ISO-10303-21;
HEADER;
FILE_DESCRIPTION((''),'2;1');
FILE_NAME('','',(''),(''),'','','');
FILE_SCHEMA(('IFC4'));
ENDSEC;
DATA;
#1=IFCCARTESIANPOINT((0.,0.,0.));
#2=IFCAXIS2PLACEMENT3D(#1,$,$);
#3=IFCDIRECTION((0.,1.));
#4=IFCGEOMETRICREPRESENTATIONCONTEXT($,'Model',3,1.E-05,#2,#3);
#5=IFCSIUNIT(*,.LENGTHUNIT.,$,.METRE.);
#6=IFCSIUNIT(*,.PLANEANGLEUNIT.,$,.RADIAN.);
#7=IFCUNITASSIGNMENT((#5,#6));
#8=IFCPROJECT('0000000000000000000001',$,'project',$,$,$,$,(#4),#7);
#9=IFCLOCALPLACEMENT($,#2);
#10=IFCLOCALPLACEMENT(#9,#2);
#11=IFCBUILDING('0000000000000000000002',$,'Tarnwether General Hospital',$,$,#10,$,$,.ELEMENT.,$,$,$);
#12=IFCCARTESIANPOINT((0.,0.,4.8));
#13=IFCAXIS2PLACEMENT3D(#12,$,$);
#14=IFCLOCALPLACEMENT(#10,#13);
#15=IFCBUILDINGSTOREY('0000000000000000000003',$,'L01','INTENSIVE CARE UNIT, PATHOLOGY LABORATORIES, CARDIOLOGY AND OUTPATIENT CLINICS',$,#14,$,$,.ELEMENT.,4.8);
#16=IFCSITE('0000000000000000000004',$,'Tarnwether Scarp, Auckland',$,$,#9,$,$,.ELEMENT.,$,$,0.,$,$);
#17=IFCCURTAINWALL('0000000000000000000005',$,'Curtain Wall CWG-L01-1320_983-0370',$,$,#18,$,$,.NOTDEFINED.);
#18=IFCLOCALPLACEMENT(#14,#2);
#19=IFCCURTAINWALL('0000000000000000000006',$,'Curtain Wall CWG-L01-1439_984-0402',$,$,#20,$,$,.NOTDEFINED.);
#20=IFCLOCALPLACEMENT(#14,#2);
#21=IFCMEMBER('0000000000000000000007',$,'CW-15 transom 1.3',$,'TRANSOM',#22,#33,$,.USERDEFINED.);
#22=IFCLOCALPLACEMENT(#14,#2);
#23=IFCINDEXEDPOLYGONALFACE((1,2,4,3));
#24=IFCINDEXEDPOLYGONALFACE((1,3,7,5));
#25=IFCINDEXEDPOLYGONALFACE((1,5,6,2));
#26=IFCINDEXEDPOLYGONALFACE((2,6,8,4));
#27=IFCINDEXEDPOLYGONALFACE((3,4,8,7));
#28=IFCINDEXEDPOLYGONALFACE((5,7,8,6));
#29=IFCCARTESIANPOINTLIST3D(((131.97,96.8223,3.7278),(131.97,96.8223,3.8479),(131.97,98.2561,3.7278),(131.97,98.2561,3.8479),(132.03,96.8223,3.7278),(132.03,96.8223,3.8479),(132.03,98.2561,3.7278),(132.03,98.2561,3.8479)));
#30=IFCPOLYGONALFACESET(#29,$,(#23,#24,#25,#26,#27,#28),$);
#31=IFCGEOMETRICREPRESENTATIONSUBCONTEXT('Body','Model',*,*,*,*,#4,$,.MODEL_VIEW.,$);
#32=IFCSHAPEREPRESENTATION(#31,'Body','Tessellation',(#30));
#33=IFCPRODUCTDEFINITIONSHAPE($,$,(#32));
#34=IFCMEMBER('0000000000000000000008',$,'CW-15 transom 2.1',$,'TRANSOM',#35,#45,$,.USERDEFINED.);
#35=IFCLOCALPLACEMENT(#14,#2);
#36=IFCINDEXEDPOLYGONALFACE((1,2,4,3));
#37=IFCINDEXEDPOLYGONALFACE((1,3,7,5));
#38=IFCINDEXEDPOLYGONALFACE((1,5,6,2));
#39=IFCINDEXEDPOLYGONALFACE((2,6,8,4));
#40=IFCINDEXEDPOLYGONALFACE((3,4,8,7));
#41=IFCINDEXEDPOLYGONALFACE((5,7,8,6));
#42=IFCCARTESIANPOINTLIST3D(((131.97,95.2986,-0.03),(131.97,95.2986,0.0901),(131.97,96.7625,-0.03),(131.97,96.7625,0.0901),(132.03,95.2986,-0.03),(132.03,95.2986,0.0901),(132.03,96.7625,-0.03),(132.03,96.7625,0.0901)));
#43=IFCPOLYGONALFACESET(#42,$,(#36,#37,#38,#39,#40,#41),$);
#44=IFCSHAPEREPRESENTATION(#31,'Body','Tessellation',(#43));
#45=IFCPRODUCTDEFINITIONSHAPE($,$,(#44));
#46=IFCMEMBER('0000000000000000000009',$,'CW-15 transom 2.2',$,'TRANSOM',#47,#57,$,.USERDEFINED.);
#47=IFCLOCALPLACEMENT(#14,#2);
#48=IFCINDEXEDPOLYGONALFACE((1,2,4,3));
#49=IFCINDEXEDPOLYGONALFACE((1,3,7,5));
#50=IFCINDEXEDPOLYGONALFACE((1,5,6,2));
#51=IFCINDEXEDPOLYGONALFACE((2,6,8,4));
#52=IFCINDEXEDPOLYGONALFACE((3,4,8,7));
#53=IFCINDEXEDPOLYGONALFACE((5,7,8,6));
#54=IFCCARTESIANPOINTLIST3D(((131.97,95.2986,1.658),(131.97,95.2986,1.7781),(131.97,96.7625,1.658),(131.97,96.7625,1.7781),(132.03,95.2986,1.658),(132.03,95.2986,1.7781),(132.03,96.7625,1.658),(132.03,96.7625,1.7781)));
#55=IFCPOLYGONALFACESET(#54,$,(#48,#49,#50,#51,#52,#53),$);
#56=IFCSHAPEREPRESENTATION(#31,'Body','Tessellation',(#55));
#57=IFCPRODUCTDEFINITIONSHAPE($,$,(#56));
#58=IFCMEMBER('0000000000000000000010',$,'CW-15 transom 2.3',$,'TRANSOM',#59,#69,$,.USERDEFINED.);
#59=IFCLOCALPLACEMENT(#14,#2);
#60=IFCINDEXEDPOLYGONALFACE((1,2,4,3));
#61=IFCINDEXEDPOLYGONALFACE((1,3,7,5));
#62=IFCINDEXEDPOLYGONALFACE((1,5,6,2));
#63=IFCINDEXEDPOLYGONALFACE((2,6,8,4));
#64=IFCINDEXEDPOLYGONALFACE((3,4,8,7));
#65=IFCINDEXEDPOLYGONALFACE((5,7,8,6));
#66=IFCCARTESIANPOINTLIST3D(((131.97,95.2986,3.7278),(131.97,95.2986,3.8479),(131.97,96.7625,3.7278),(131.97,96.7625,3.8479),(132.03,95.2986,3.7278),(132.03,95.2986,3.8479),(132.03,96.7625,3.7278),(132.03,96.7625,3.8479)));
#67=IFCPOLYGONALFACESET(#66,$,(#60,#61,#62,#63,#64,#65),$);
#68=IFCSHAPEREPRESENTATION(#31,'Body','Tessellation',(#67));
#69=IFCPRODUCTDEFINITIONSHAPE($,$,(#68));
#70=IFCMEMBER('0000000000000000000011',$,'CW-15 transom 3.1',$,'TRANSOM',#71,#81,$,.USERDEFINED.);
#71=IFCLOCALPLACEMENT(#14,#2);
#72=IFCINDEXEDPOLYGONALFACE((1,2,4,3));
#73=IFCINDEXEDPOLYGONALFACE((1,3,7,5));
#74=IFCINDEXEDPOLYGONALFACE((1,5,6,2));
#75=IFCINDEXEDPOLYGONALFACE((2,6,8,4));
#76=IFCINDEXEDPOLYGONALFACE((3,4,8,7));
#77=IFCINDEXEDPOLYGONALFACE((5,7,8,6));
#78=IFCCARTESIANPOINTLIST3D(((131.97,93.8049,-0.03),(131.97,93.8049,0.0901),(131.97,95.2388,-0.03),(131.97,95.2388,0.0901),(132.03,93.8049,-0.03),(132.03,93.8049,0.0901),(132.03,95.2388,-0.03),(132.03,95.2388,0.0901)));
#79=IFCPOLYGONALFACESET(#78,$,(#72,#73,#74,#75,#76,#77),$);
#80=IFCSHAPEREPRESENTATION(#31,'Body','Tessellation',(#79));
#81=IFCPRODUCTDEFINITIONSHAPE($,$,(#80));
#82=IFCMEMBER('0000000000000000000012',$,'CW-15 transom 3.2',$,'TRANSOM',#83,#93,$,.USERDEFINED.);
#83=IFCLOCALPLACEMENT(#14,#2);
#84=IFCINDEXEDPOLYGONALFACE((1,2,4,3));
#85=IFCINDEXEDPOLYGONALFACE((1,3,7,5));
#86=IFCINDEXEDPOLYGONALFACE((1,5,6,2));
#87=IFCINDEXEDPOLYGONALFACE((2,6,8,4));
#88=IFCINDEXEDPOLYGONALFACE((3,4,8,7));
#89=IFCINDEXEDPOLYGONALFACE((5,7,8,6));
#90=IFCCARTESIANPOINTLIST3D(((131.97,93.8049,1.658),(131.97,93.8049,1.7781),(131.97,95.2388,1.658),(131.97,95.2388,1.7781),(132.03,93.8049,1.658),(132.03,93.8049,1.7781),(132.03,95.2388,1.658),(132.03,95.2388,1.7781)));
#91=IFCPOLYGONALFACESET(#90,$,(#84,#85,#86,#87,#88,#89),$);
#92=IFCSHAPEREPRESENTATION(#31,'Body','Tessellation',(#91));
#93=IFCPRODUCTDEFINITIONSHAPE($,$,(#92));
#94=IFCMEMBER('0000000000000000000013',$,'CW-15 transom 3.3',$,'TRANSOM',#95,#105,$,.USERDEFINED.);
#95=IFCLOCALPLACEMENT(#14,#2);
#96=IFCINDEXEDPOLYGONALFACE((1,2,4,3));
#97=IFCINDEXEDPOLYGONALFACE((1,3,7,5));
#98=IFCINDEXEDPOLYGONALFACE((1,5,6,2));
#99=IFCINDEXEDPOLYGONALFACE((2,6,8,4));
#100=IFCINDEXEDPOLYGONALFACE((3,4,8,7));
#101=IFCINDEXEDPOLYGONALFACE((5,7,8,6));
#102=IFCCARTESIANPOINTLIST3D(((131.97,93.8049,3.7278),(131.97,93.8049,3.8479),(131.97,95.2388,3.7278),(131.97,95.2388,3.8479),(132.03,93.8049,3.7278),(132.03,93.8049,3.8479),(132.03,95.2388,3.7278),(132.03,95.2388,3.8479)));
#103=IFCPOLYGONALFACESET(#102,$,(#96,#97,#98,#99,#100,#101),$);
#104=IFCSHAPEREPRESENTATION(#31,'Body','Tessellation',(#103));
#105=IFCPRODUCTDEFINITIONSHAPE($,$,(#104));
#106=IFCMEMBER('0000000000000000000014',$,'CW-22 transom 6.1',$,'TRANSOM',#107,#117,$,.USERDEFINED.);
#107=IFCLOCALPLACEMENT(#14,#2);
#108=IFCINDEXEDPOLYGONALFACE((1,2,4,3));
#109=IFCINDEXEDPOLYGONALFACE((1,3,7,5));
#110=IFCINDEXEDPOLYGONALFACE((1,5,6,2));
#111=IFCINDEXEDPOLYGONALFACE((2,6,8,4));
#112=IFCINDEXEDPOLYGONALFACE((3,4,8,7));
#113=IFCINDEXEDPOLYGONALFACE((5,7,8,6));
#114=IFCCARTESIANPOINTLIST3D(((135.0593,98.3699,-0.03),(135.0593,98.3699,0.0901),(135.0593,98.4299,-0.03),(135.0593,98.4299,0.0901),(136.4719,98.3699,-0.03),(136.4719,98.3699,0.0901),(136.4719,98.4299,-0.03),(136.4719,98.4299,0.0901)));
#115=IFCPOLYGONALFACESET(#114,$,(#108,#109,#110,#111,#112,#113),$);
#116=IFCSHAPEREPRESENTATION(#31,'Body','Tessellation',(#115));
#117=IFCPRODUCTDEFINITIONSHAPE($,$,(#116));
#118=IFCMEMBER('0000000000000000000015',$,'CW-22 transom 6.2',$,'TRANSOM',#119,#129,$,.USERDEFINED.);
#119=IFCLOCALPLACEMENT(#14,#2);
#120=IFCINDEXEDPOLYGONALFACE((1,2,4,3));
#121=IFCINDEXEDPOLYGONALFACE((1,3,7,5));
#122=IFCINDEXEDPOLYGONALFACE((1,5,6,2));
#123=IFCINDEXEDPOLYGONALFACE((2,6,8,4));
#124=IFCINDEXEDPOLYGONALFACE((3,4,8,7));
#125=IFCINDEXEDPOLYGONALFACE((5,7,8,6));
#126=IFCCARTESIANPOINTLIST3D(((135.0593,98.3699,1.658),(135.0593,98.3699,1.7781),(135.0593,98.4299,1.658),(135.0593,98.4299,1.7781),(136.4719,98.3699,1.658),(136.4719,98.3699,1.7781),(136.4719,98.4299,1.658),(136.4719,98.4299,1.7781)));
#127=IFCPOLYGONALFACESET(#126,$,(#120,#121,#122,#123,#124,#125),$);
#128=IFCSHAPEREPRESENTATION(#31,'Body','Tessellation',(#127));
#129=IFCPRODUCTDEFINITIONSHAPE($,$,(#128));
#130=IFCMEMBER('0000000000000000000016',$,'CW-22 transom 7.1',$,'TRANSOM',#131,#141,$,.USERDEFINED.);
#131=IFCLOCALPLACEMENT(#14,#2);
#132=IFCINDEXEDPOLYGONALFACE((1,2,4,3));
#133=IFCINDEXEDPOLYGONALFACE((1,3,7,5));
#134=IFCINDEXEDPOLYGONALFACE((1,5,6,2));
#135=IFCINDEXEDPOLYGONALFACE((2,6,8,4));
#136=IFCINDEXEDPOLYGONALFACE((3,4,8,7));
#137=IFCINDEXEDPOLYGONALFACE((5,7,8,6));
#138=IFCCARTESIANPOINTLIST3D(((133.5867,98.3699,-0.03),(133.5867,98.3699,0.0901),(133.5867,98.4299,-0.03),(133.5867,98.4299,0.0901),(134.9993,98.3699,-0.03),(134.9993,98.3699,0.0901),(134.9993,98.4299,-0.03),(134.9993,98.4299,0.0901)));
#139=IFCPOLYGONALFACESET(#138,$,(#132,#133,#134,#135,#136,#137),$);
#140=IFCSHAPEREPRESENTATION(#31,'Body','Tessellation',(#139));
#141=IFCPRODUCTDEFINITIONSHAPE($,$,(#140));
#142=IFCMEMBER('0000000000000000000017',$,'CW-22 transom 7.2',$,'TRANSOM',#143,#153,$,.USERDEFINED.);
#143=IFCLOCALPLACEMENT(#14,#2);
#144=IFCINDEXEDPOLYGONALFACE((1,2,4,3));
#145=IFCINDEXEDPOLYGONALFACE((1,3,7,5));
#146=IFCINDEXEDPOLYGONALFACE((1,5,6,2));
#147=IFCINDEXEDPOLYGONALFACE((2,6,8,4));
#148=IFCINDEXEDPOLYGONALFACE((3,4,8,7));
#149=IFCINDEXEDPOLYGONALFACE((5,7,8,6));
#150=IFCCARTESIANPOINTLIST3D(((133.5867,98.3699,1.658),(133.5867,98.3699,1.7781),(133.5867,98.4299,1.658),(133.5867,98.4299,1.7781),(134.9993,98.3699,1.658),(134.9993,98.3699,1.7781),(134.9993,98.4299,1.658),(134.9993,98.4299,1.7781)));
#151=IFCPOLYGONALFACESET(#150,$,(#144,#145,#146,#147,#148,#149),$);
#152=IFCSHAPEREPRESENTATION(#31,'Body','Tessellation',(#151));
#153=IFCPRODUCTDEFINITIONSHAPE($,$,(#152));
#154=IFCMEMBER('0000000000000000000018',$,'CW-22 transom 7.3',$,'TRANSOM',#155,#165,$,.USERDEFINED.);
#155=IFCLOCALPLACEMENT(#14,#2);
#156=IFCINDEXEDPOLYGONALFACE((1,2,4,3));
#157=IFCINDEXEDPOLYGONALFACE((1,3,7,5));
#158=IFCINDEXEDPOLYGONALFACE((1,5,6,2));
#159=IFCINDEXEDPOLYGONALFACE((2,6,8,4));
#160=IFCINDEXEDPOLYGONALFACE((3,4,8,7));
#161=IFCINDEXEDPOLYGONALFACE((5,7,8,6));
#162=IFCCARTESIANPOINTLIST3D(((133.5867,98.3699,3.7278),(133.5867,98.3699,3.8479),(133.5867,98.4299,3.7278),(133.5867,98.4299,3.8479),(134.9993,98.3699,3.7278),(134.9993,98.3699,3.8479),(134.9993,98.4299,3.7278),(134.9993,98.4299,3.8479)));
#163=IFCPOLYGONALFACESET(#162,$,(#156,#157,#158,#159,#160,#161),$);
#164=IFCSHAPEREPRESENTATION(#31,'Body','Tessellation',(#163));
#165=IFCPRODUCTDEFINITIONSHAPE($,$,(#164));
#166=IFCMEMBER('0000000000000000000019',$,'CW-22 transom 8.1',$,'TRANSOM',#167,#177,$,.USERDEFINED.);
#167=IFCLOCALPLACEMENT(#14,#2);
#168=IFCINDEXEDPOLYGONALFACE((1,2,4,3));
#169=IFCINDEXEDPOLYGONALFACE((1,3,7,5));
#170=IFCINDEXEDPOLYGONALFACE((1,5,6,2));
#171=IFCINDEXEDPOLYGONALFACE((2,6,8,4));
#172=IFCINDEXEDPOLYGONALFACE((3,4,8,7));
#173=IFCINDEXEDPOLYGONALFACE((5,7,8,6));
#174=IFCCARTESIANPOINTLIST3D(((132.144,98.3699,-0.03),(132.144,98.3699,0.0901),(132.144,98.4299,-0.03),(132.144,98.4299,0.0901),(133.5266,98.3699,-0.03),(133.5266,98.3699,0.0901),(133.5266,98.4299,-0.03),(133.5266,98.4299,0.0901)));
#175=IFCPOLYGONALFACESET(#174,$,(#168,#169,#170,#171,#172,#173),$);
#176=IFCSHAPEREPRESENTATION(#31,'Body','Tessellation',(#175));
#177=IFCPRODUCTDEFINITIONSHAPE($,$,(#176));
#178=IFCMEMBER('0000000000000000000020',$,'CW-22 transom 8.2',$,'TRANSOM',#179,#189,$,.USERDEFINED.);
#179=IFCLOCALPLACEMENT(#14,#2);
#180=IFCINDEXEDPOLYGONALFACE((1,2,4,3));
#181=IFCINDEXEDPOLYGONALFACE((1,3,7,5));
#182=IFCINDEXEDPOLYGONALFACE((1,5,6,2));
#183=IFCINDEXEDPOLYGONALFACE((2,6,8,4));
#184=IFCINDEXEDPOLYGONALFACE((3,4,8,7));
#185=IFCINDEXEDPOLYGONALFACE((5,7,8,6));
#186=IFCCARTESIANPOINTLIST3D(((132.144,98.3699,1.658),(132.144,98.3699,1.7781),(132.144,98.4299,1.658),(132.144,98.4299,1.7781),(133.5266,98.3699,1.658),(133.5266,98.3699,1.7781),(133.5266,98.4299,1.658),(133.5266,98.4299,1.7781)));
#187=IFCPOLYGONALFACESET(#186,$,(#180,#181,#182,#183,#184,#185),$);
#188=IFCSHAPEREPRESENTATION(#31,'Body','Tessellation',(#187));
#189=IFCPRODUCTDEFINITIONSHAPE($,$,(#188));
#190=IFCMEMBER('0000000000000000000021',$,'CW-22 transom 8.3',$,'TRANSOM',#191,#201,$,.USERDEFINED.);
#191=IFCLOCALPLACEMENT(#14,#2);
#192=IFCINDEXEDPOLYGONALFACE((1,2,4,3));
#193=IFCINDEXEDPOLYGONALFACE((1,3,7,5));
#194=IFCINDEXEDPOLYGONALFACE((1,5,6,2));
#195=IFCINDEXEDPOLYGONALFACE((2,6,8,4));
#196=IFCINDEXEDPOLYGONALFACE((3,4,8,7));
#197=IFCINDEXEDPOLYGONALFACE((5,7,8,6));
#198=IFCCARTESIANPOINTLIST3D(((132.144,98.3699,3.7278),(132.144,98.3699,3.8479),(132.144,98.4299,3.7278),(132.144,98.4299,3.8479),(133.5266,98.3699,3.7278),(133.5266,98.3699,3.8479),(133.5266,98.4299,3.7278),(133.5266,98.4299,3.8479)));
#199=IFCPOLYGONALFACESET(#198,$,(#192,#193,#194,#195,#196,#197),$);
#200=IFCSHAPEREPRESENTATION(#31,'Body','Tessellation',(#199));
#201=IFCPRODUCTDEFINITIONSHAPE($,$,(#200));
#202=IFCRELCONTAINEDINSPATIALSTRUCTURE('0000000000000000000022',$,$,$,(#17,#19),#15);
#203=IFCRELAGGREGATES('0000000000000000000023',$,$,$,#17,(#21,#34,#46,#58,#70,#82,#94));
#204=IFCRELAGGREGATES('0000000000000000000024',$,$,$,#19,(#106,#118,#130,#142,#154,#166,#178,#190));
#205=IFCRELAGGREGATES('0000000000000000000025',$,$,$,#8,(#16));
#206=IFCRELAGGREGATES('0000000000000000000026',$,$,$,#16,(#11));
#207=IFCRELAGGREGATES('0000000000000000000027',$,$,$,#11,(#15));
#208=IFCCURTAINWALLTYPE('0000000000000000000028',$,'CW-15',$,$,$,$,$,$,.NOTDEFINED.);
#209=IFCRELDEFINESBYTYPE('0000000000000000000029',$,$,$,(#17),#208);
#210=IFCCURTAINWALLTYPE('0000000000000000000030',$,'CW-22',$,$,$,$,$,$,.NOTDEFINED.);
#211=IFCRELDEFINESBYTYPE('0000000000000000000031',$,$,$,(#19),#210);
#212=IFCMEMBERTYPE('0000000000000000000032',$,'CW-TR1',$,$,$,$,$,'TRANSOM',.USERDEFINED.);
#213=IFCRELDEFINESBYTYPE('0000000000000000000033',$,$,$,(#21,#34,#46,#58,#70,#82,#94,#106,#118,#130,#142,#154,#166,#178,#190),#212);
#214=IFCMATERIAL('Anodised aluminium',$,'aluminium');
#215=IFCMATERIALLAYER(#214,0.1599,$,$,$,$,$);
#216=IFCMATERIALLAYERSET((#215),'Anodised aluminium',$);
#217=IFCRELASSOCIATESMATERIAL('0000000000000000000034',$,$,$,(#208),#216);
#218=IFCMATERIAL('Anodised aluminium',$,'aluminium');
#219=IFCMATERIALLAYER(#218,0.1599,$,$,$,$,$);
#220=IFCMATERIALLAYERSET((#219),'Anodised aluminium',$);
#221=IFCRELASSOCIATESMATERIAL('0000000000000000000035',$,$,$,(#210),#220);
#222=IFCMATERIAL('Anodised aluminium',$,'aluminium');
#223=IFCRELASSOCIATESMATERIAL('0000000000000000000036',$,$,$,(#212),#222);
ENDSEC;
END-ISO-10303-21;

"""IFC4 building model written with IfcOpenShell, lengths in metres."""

from ifc_helpers import new_model, si_unit, direction, frame, origin, origin_2d, place, context, subcontext, project, spatial, rectangle, extrude, material, layer, layer_set, material_profile, profile_set, type_object, element, aggregate, save


model = new_model("IFC4")

# Units and contexts
model_context = context("Model", 3, precision=1e-05, world=origin(), true_north=direction((0.0, 1.0)))
body_context = subcontext(model_context, "Body", "Model", "MODEL_VIEW")
ifc_project = project(units=[si_unit("LENGTHUNIT", "METRE"), si_unit("PLANEANGLEUNIT", "RADIAN")], contexts=[model_context])

# Site, building, storey
site_placement = place(None, origin())
site = spatial("IfcSite", under=ifc_project, at=site_placement, Name="Tarnwether Scarp, Auckland", CompositionType="ELEMENT", RefElevation=0.0)
building_placement = place(site_placement, origin())
building = spatial("IfcBuilding", under=site, at=building_placement, Name="Tarnwether General Hospital", CompositionType="ELEMENT")
storey_placement = place(building_placement, frame((0.0, 0.0, 4.8)))
storey = spatial("IfcBuildingStorey", under=building, at=storey_placement, Name="L01", Description="INTENSIVE CARE UNIT, PATHOLOGY LABORATORIES, CARDIOLOGY AND OUTPATIENT CLINICS", CompositionType="ELEMENT", Elevation=4.8)

# Curtain walls
ifc_material_1 = material(Name="Anodised aluminium", Category="aluminium")
ifc_layer_1 = layer(ifc_material_1, 0.1599)
ifc_layer_set_1 = layer_set([ifc_layer_1], Name="Anodised aluminium")
curtain_wall_type_1 = type_object("IfcCurtainWallType", Name="CW-15", PredefinedType="NOTDEFINED", material=ifc_layer_set_1)
curtain_wall_1_placement = place(storey_placement, origin())
curtain_wall_1 = element("IfcCurtainWall", 1, at=curtain_wall_1_placement, inside=storey, type_object=curtain_wall_type_1, Name="Curtain Wall CWG-L01-1320_983-0370", PredefinedType="NOTDEFINED")
ifc_material_2 = material(Name="Anodised aluminium", Category="aluminium")
ifc_layer_2 = layer(ifc_material_2, 0.1599)
ifc_layer_set_2 = layer_set([ifc_layer_2], Name="Anodised aluminium")
curtain_wall_type_2 = type_object("IfcCurtainWallType", Name="CW-22", PredefinedType="NOTDEFINED", material=ifc_layer_set_2)
curtain_wall_2_placement = place(storey_placement, origin())
curtain_wall_2 = element("IfcCurtainWall", 2, at=curtain_wall_2_placement, inside=storey, type_object=curtain_wall_type_2, Name="Curtain Wall CWG-L01-1439_984-0402", PredefinedType="NOTDEFINED")

# Members
ifc_material_3 = material(Name="Anodised aluminium", Category="aluminium")
ifc_material_profile_1 = material_profile(ifc_material_3, rectangle(XDim=0.0601, YDim=0.1201, at=origin_2d()), Name="ALU-TRN-60x120")
ifc_profile_set_1 = profile_set([ifc_material_profile_1], Name="Anodised aluminium")
member_type_1 = type_object("IfcMemberType", Name="CW-TR1", ElementType="TRANSOM", PredefinedType="USERDEFINED", material=ifc_profile_set_1)
member_1_placement = place(storey_placement, frame((132.0, 98.2561, 3.7878), z_axis=(0.0, -1.0, 0.0), x_axis=(1.0, 0.0, 0.0)))
member_1 = element("IfcMember", 3, at=member_1_placement, type_object=member_type_1, Name="CW-15 transom 1.3", ObjectType="TRANSOM", PredefinedType="USERDEFINED", context=body_context, shape_type="SweptSolid", body=[
    extrude(rectangle(XDim=0.0601, YDim=0.1201, at=origin_2d()), origin(), (0.0, 0.0, 1.0), 1.4338),
])
member_2_placement = place(storey_placement, frame((132.0, 96.7625, 0.03), z_axis=(0.0, -1.0, 0.0), x_axis=(1.0, 0.0, 0.0)))
member_2 = element("IfcMember", 4, at=member_2_placement, type_object=member_type_1, Name="CW-15 transom 2.1", ObjectType="TRANSOM", PredefinedType="USERDEFINED", context=body_context, shape_type="SweptSolid", body=[
    extrude(rectangle(XDim=0.0601, YDim=0.1201, at=origin_2d()), origin(), (0.0, 0.0, 1.0), 1.4639),
])
member_3_placement = place(storey_placement, frame((132.0, 96.7625, 1.718), z_axis=(0.0, -1.0, 0.0), x_axis=(1.0, 0.0, 0.0)))
member_3 = element("IfcMember", 5, at=member_3_placement, type_object=member_type_1, Name="CW-15 transom 2.2", ObjectType="TRANSOM", PredefinedType="USERDEFINED", context=body_context, shape_type="SweptSolid", body=[
    extrude(rectangle(XDim=0.0601, YDim=0.1201, at=origin_2d()), origin(), (0.0, 0.0, 1.0), 1.4639),
])
member_4_placement = place(storey_placement, frame((132.0, 96.7625, 3.7878), z_axis=(0.0, -1.0, 0.0), x_axis=(1.0, 0.0, 0.0)))
member_4 = element("IfcMember", 6, at=member_4_placement, type_object=member_type_1, Name="CW-15 transom 2.3", ObjectType="TRANSOM", PredefinedType="USERDEFINED", context=body_context, shape_type="SweptSolid", body=[
    extrude(rectangle(XDim=0.0601, YDim=0.1201, at=origin_2d()), origin(), (0.0, 0.0, 1.0), 1.4639),
])
member_5_placement = place(storey_placement, frame((132.0, 95.2388, 0.03), z_axis=(0.0, -1.0, 0.0), x_axis=(1.0, 0.0, 0.0)))
member_5 = element("IfcMember", 7, at=member_5_placement, type_object=member_type_1, Name="CW-15 transom 3.1", ObjectType="TRANSOM", PredefinedType="USERDEFINED", context=body_context, shape_type="SweptSolid", body=[
    extrude(rectangle(XDim=0.0601, YDim=0.1201, at=origin_2d()), origin(), (0.0, 0.0, 1.0), 1.4338),
])
member_6_placement = place(storey_placement, frame((132.0, 95.2388, 1.718), z_axis=(0.0, -1.0, 0.0), x_axis=(1.0, 0.0, 0.0)))
member_6 = element("IfcMember", 8, at=member_6_placement, type_object=member_type_1, Name="CW-15 transom 3.2", ObjectType="TRANSOM", PredefinedType="USERDEFINED", context=body_context, shape_type="SweptSolid", body=[
    extrude(rectangle(XDim=0.0601, YDim=0.1201, at=origin_2d()), origin(), (0.0, 0.0, 1.0), 1.4338),
])
member_7_placement = place(storey_placement, frame((132.0, 95.2388, 3.7878), z_axis=(0.0, -1.0, 0.0), x_axis=(1.0, 0.0, 0.0)))
member_7 = element("IfcMember", 9, at=member_7_placement, type_object=member_type_1, Name="CW-15 transom 3.3", ObjectType="TRANSOM", PredefinedType="USERDEFINED", context=body_context, shape_type="SweptSolid", body=[
    extrude(rectangle(XDim=0.0601, YDim=0.1201, at=origin_2d()), origin(), (0.0, 0.0, 1.0), 1.4338),
])
member_8_placement = place(storey_placement, frame((136.4719, 98.3999, 0.03), z_axis=(-1.0, 0.0, 0.0), x_axis=(0.0, -1.0, 0.0)))
member_8 = element("IfcMember", 10, at=member_8_placement, type_object=member_type_1, Name="CW-22 transom 6.1", ObjectType="TRANSOM", PredefinedType="USERDEFINED", context=body_context, shape_type="SweptSolid", body=[
    extrude(rectangle(XDim=0.0601, YDim=0.1201, at=origin_2d()), origin(), (0.0, 0.0, 1.0), 1.4126),
])
member_9_placement = place(storey_placement, frame((136.4719, 98.3999, 1.718), z_axis=(-1.0, 0.0, 0.0), x_axis=(0.0, -1.0, 0.0)))
member_9 = element("IfcMember", 11, at=member_9_placement, type_object=member_type_1, Name="CW-22 transom 6.2", ObjectType="TRANSOM", PredefinedType="USERDEFINED", context=body_context, shape_type="SweptSolid", body=[
    extrude(rectangle(XDim=0.0601, YDim=0.1201, at=origin_2d()), origin(), (0.0, 0.0, 1.0), 1.4126),
])
member_10_placement = place(storey_placement, frame((134.9993, 98.3999, 0.03), z_axis=(-1.0, 0.0, 0.0), x_axis=(0.0, -1.0, 0.0)))
member_10 = element("IfcMember", 12, at=member_10_placement, type_object=member_type_1, Name="CW-22 transom 7.1", ObjectType="TRANSOM", PredefinedType="USERDEFINED", context=body_context, shape_type="SweptSolid", body=[
    extrude(rectangle(XDim=0.0601, YDim=0.1201, at=origin_2d()), origin(), (0.0, 0.0, 1.0), 1.4126),
])
member_11_placement = place(storey_placement, frame((134.9993, 98.3999, 1.718), z_axis=(-1.0, 0.0, 0.0), x_axis=(0.0, -1.0, 0.0)))
member_11 = element("IfcMember", 13, at=member_11_placement, type_object=member_type_1, Name="CW-22 transom 7.2", ObjectType="TRANSOM", PredefinedType="USERDEFINED", context=body_context, shape_type="SweptSolid", body=[
    extrude(rectangle(XDim=0.0601, YDim=0.1201, at=origin_2d()), origin(), (0.0, 0.0, 1.0), 1.4126),
])
member_12_placement = place(storey_placement, frame((134.9993, 98.3999, 3.7878), z_axis=(-1.0, 0.0, 0.0), x_axis=(0.0, -1.0, 0.0)))
member_12 = element("IfcMember", 14, at=member_12_placement, type_object=member_type_1, Name="CW-22 transom 7.3", ObjectType="TRANSOM", PredefinedType="USERDEFINED", context=body_context, shape_type="SweptSolid", body=[
    extrude(rectangle(XDim=0.0601, YDim=0.1201, at=origin_2d()), origin(), (0.0, 0.0, 1.0), 1.4126),
])
member_13_placement = place(storey_placement, frame((133.5266, 98.3999, 0.03), z_axis=(-1.0, 0.0, 0.0), x_axis=(0.0, -1.0, 0.0)))
member_13 = element("IfcMember", 15, at=member_13_placement, type_object=member_type_1, Name="CW-22 transom 8.1", ObjectType="TRANSOM", PredefinedType="USERDEFINED", context=body_context, shape_type="SweptSolid", body=[
    extrude(rectangle(XDim=0.0601, YDim=0.1201, at=origin_2d()), origin(), (0.0, 0.0, 1.0), 1.3826),
])
member_14_placement = place(storey_placement, frame((133.5266, 98.3999, 1.718), z_axis=(-1.0, 0.0, 0.0), x_axis=(0.0, -1.0, 0.0)))
member_14 = element("IfcMember", 16, at=member_14_placement, type_object=member_type_1, Name="CW-22 transom 8.2", ObjectType="TRANSOM", PredefinedType="USERDEFINED", context=body_context, shape_type="SweptSolid", body=[
    extrude(rectangle(XDim=0.0601, YDim=0.1201, at=origin_2d()), origin(), (0.0, 0.0, 1.0), 1.3826),
])
member_15_placement = place(storey_placement, frame((133.5266, 98.3999, 3.7878), z_axis=(-1.0, 0.0, 0.0), x_axis=(0.0, -1.0, 0.0)))
member_15 = element("IfcMember", 17, at=member_15_placement, type_object=member_type_1, Name="CW-22 transom 8.3", ObjectType="TRANSOM", PredefinedType="USERDEFINED", context=body_context, shape_type="SweptSolid", body=[
    extrude(rectangle(XDim=0.0601, YDim=0.1201, at=origin_2d()), origin(), (0.0, 0.0, 1.0), 1.3826),
])

aggregate(curtain_wall_1, [member_1, member_2, member_3, member_4, member_5, member_6, member_7])
aggregate(curtain_wall_2, [member_8, member_9, member_10, member_11, member_12, member_13, member_14, member_15])

save(model, "model.ifc")
